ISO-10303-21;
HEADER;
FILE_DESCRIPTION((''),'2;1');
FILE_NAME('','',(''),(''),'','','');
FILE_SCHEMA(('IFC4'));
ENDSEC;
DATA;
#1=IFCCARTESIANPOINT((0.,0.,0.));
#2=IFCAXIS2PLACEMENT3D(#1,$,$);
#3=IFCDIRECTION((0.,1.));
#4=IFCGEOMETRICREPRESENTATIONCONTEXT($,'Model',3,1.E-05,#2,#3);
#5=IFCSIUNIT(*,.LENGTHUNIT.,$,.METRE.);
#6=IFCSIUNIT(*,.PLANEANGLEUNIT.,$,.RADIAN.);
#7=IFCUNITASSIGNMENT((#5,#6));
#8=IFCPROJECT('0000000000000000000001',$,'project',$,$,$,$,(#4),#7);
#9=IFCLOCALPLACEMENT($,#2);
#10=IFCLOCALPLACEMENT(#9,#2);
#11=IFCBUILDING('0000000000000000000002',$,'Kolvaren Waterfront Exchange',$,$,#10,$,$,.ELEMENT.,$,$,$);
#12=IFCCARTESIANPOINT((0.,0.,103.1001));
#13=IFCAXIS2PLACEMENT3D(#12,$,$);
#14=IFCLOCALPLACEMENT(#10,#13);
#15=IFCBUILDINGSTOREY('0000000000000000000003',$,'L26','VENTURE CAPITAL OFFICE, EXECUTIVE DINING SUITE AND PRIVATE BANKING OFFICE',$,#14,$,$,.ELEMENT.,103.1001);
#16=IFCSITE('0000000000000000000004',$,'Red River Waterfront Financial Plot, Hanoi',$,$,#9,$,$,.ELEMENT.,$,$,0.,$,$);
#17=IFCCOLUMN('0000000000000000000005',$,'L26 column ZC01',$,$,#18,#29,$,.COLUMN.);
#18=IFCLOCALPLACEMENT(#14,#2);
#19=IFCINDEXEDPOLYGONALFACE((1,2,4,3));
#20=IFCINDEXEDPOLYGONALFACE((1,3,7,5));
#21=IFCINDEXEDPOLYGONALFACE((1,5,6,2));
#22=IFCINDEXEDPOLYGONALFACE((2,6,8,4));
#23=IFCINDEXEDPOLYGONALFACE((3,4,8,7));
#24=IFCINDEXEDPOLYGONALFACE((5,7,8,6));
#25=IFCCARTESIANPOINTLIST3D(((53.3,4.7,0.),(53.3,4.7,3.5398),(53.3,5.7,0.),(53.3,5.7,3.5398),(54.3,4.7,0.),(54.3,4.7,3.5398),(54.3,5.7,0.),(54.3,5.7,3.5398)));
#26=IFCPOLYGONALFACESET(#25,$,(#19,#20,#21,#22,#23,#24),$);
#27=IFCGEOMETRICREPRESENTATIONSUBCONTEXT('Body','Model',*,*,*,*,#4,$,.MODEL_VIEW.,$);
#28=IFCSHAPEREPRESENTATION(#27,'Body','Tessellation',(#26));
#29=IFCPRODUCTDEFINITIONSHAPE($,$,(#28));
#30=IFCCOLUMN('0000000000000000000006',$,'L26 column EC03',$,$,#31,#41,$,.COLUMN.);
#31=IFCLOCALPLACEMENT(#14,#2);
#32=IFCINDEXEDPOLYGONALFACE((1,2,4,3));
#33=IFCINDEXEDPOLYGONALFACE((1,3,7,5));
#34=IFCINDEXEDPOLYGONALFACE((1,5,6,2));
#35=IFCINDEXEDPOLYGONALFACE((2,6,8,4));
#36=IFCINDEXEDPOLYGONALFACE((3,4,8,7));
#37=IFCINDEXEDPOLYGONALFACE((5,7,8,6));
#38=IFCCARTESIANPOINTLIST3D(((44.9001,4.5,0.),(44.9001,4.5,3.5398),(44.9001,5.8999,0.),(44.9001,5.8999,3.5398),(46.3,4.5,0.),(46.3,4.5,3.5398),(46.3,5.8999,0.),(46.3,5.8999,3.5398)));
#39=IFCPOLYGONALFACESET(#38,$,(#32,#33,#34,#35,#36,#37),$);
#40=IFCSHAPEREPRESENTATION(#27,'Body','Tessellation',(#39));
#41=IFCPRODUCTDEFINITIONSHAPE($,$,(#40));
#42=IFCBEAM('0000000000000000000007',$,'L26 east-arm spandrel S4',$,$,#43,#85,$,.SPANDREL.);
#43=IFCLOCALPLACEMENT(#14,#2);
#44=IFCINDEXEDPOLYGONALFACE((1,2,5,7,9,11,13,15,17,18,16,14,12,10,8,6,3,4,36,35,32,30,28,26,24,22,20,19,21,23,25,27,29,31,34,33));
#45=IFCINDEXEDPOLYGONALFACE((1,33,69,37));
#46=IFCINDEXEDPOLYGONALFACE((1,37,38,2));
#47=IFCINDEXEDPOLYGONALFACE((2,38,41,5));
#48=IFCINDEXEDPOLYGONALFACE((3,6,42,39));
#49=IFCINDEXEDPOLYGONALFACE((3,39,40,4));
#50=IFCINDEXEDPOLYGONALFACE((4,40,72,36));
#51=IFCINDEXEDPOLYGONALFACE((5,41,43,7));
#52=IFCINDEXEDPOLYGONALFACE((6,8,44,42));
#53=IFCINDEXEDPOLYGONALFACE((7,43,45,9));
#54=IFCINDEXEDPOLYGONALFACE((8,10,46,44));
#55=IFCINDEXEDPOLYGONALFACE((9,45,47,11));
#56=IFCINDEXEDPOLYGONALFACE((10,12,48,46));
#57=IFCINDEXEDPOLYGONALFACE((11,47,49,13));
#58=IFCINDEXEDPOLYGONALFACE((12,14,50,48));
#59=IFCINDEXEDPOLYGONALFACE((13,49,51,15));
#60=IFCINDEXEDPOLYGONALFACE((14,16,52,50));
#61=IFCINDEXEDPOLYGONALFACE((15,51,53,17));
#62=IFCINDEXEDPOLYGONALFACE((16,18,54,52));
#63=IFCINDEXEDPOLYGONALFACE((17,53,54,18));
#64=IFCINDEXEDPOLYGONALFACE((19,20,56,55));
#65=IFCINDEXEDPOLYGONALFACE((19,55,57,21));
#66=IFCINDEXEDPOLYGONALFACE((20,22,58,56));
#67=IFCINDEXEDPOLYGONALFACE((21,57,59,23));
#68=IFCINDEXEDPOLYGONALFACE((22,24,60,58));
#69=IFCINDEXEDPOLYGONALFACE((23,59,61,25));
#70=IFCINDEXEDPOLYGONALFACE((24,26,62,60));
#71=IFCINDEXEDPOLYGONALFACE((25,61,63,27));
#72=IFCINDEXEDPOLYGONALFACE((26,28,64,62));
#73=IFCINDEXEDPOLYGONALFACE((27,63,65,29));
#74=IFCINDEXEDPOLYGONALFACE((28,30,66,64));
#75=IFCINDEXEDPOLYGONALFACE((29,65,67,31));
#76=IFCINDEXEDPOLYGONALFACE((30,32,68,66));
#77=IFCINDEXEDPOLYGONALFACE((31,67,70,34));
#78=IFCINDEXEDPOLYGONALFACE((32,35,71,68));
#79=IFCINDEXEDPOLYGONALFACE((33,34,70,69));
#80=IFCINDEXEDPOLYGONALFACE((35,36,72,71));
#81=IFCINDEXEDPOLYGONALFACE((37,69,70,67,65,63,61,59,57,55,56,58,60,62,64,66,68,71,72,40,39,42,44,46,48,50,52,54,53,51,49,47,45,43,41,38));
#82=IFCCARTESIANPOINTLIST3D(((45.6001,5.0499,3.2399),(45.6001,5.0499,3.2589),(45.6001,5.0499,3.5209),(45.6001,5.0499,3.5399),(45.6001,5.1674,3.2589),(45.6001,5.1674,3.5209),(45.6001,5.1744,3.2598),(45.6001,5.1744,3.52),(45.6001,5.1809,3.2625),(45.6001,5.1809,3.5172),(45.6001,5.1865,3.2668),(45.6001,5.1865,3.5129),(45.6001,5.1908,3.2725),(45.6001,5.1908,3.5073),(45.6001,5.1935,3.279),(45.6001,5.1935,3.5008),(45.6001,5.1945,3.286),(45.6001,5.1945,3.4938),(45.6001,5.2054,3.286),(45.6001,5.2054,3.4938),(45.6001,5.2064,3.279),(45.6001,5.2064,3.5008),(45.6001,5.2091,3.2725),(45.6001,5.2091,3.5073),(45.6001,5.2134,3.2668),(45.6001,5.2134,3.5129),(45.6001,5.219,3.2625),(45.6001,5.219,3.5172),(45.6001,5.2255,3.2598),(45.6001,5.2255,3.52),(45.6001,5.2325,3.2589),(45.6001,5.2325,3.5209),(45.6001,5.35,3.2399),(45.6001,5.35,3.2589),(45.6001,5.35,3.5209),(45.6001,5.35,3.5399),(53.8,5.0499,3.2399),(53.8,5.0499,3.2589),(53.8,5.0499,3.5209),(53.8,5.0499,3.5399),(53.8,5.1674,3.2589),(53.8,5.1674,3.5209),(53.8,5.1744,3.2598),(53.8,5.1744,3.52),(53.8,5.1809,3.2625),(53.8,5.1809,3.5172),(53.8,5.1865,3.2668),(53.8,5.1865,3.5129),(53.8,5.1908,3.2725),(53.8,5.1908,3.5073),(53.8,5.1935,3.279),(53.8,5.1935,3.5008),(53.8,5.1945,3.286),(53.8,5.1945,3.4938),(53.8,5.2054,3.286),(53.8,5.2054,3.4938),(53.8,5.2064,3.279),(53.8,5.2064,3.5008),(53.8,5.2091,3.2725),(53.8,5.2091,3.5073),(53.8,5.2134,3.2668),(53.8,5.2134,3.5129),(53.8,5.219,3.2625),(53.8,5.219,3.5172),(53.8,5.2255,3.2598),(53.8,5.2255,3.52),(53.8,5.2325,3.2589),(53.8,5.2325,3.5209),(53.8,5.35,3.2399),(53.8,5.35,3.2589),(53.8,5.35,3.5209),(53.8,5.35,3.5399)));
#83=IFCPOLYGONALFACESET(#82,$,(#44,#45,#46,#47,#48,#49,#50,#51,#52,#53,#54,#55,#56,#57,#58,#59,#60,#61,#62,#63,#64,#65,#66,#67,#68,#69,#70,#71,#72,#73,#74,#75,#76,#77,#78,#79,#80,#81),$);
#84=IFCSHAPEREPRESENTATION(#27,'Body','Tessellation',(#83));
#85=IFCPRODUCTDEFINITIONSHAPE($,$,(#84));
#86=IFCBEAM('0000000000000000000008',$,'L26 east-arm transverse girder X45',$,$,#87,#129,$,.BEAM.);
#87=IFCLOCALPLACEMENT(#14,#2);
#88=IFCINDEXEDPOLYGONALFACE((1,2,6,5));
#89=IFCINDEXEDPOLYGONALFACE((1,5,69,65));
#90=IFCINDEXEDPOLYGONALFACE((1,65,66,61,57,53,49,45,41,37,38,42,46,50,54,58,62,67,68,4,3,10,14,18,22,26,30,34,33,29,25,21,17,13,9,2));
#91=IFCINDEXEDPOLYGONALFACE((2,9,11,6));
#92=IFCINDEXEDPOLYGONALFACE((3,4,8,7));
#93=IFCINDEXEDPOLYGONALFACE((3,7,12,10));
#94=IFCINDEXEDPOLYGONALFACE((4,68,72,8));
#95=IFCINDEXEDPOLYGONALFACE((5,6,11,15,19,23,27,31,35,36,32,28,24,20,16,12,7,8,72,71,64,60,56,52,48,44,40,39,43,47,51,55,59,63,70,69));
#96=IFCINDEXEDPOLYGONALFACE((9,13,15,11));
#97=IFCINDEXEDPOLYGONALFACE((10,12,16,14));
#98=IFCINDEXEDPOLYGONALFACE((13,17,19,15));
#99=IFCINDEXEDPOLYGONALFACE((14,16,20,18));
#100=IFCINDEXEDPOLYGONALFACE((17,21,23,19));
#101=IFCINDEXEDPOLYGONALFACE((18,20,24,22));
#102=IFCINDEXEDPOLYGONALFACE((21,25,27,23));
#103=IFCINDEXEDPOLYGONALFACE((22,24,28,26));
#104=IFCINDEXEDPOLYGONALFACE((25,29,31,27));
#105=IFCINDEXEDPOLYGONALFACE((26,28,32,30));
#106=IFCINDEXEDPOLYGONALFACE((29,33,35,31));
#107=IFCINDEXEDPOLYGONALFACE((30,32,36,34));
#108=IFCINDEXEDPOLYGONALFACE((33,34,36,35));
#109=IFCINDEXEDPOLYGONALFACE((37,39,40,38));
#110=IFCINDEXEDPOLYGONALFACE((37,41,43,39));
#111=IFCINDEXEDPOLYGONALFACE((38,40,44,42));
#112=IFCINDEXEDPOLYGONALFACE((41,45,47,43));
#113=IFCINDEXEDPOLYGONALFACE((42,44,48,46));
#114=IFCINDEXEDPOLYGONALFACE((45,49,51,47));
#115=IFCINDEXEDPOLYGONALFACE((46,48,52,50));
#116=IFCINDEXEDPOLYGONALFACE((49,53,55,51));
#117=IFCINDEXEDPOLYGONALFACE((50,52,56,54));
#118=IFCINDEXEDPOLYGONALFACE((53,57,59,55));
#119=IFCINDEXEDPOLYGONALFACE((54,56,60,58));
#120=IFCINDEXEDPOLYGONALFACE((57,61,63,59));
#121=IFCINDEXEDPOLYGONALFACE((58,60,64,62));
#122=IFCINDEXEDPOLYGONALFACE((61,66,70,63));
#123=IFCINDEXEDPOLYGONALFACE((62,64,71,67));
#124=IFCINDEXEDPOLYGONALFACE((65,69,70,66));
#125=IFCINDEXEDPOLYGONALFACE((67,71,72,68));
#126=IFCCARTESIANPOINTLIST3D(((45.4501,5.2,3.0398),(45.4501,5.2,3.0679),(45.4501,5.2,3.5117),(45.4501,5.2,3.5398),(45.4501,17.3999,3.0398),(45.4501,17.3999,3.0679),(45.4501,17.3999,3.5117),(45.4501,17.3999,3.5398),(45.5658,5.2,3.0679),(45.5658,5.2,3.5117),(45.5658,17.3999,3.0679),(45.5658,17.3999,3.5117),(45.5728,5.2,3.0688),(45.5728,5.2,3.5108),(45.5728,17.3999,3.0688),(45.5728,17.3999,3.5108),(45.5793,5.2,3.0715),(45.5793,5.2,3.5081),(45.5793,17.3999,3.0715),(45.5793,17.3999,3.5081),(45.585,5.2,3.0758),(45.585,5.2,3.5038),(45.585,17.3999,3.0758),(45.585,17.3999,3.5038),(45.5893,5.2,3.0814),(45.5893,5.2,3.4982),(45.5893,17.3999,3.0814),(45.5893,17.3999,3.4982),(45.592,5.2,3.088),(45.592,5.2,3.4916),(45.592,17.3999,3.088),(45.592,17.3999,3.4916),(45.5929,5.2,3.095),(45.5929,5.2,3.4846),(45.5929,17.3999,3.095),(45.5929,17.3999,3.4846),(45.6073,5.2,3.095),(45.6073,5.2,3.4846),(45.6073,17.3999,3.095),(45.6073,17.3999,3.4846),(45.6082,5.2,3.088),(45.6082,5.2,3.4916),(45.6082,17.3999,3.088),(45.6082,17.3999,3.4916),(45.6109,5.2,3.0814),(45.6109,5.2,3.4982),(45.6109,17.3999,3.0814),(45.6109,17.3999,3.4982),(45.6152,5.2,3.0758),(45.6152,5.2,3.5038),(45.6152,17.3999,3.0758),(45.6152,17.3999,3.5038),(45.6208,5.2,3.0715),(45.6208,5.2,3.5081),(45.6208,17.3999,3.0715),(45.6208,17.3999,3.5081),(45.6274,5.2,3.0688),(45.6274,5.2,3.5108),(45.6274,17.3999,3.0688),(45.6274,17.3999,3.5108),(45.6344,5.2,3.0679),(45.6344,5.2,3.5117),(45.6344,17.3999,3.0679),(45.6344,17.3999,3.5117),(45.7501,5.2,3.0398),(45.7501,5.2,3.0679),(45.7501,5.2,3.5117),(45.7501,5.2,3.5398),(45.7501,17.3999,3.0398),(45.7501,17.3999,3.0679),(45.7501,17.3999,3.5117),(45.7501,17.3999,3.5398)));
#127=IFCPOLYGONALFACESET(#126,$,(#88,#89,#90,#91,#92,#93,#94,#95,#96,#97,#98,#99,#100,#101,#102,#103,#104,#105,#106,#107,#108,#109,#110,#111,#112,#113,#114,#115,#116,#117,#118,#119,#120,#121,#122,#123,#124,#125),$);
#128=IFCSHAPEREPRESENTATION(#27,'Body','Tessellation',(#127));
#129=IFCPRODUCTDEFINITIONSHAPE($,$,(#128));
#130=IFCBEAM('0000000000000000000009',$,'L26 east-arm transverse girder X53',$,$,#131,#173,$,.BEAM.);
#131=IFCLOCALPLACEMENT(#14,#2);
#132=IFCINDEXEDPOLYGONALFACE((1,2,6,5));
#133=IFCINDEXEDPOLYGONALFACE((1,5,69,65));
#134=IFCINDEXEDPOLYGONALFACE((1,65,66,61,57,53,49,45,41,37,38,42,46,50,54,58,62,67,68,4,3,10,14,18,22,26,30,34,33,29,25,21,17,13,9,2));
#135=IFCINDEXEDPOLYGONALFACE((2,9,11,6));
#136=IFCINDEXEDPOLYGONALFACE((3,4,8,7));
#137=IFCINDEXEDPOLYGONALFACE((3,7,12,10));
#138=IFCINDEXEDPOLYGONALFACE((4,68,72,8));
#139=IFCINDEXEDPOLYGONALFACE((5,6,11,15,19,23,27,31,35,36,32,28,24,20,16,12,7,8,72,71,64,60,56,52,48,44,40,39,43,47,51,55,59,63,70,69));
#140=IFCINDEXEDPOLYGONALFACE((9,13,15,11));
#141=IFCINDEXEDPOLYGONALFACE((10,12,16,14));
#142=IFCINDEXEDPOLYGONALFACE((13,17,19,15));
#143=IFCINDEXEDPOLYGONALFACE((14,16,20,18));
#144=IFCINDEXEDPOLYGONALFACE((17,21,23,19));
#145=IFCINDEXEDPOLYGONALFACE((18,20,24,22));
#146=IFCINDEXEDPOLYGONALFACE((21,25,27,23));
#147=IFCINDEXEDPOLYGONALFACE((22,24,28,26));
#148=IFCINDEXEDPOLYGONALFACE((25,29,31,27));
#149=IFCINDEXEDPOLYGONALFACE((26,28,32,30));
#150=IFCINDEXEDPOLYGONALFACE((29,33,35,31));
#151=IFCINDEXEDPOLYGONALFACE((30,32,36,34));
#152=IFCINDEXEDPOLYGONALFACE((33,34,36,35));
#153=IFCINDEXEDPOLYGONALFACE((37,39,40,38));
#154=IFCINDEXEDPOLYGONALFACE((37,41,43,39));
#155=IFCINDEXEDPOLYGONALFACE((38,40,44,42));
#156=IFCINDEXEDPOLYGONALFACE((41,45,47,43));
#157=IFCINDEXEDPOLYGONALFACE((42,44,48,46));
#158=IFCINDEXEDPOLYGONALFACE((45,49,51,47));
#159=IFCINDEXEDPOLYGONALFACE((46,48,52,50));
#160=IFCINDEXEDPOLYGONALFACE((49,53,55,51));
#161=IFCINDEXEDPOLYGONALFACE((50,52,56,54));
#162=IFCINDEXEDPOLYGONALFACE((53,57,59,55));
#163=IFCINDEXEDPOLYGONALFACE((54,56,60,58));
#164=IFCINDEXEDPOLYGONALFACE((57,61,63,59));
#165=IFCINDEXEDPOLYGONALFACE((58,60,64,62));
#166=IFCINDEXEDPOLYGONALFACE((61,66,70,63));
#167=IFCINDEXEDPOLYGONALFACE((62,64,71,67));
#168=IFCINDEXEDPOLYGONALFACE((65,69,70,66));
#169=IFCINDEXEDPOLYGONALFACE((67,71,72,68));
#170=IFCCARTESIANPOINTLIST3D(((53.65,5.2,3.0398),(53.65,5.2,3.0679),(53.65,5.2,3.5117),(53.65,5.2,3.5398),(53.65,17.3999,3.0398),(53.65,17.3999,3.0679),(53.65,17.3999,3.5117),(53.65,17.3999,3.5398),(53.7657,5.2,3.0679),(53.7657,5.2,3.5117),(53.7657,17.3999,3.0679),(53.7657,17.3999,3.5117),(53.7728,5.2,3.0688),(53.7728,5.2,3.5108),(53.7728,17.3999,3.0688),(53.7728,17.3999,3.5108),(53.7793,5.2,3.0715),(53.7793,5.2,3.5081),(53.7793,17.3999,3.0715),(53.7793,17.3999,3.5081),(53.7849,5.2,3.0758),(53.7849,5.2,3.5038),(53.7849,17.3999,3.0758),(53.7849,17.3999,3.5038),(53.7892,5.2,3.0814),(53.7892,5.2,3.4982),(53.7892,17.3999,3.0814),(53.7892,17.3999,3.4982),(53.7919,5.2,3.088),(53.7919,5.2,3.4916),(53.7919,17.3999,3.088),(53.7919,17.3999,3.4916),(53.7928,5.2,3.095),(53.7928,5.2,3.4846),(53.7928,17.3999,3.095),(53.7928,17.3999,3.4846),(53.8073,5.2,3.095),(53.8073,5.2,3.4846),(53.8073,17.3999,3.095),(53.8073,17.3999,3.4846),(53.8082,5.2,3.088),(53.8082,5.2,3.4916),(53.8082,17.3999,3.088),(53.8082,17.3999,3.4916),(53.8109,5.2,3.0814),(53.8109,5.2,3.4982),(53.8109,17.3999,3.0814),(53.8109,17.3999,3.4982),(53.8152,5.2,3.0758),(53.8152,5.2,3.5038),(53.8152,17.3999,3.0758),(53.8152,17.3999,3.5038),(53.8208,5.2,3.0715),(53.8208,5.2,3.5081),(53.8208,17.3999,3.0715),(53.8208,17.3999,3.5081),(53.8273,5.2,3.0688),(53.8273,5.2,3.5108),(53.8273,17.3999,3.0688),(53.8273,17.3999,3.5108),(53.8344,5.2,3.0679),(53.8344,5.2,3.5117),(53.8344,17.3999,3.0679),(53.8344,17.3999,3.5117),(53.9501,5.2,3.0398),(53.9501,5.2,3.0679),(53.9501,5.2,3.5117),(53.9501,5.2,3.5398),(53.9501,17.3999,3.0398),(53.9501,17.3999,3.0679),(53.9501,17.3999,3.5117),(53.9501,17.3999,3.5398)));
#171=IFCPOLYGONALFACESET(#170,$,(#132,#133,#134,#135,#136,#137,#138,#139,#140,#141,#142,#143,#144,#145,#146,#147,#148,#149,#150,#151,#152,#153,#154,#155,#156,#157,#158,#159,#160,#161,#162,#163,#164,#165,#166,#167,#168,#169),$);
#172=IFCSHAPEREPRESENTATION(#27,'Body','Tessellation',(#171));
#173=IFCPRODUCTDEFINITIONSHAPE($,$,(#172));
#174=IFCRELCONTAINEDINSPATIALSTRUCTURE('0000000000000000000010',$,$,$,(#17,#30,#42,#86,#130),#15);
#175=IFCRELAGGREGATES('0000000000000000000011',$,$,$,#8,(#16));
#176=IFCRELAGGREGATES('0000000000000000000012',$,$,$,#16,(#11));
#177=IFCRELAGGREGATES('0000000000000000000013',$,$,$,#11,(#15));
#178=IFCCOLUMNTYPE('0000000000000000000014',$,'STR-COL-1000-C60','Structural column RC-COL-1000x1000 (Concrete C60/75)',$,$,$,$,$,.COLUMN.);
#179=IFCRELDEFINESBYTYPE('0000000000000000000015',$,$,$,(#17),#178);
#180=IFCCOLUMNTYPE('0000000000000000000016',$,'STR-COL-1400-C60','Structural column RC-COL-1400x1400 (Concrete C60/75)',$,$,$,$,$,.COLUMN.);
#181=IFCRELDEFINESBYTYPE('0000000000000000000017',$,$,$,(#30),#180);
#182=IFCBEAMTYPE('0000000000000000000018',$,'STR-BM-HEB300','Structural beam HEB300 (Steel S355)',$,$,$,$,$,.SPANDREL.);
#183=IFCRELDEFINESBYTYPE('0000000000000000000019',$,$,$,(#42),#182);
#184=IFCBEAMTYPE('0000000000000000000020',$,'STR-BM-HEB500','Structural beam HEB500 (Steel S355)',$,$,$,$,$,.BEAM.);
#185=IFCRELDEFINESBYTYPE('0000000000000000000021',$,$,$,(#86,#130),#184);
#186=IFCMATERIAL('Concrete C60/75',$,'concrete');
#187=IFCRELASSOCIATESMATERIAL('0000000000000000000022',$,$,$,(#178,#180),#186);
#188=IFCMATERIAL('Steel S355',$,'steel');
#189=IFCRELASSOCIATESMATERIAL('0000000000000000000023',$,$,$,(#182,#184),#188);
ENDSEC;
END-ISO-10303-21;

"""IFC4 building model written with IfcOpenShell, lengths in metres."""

from ifc_helpers import new_model, si_unit, direction, frame, origin, origin_2d, place, context, subcontext, project, spatial, rectangle, i_section, extrude, material, material_profile, profile_set, type_object, element, save


model = new_model("IFC4")

# Units and contexts
model_context = context("Model", 3, precision=1e-05, world=origin(), true_north=direction((0.0, 1.0)))
body_context = subcontext(model_context, "Body", "Model", "MODEL_VIEW")
ifc_project = project(units=[si_unit("LENGTHUNIT", "METRE"), si_unit("PLANEANGLEUNIT", "RADIAN")], contexts=[model_context])

# Site, building, storey
site_placement = place(None, origin())
site = spatial("IfcSite", under=ifc_project, at=site_placement, Name="Red River Waterfront Financial Plot, Hanoi", CompositionType="ELEMENT", RefElevation=0.0)
building_placement = place(site_placement, origin())
building = spatial("IfcBuilding", under=site, at=building_placement, Name="Kolvaren Waterfront Exchange", CompositionType="ELEMENT")
storey_placement = place(building_placement, frame((0.0, 0.0, 103.1001)))
storey = spatial("IfcBuildingStorey", under=building, at=storey_placement, Name="L26", Description="VENTURE CAPITAL OFFICE, EXECUTIVE DINING SUITE AND PRIVATE BANKING OFFICE", CompositionType="ELEMENT", Elevation=103.1001)

# Columns
ifc_material_1 = material(Name="Concrete C60/75", Category="concrete")
ifc_material_profile_1 = material_profile(ifc_material_1, rectangle(XDim=1.0, YDim=1.0, at=origin_2d()), Name="RC-COL-1000x1000")
ifc_profile_set_1 = profile_set([ifc_material_profile_1], Name="Concrete C60/75")
column_type_1 = type_object("IfcColumnType", Name="STR-COL-1000-C60", Description="Structural column RC-COL-1000x1000 (Concrete C60/75)", PredefinedType="COLUMN", material=ifc_profile_set_1)
column_1_placement = place(storey_placement, frame((53.8, 5.2, 0.0), z_axis=(0.0, 0.0, 1.0), x_axis=(1.0, 0.0, 0.0)))
element("IfcColumn", 1, at=column_1_placement, inside=storey, type_object=column_type_1, Name="L26 column ZC01", PredefinedType="COLUMN", context=body_context, shape_type="SweptSolid", body=[
    extrude(rectangle(XDim=1.0, YDim=1.0, at=origin_2d()), origin(), (0.0, 0.0, 1.0), 3.5398),
])
ifc_material_profile_2 = material_profile(ifc_material_1, rectangle(XDim=1.3999, YDim=1.3999, at=origin_2d()), Name="RC-COL-1400x1400")
ifc_profile_set_2 = profile_set([ifc_material_profile_2], Name="Concrete C60/75")
column_type_2 = type_object("IfcColumnType", Name="STR-COL-1400-C60", Description="Structural column RC-COL-1400x1400 (Concrete C60/75)", PredefinedType="COLUMN", material=ifc_profile_set_2)
column_2_placement = place(storey_placement, frame((45.6001, 5.2, 0.0), z_axis=(0.0, 0.0, 1.0), x_axis=(1.0, 0.0, 0.0)))
element("IfcColumn", 2, at=column_2_placement, inside=storey, type_object=column_type_2, Name="L26 column EC03", PredefinedType="COLUMN", context=body_context, shape_type="SweptSolid", body=[
    extrude(rectangle(XDim=1.3999, YDim=1.3999, at=origin_2d()), origin(), (0.0, 0.0, 1.0), 3.5398),
])

# Beams
ifc_material_2 = material(Name="Steel S355", Category="steel")
ifc_material_profile_3 = material_profile(ifc_material_2, i_section(OverallWidth=0.3, OverallDepth=0.3, WebThickness=0.011, FlangeThickness=0.019, FilletRadius=0.0271, at=origin_2d()), Name="HEB300")
ifc_profile_set_3 = profile_set([ifc_material_profile_3], Name="Steel S355")
beam_type_1 = type_object("IfcBeamType", Name="STR-BM-HEB300", Description="Structural beam HEB300 (Steel S355)", PredefinedType="SPANDREL", material=ifc_profile_set_3)
beam_1_placement = place(storey_placement, frame((45.6001, 5.2, 3.3899), z_axis=(1.0, 0.0, 0.0), x_axis=(0.0, 1.0, 0.0)))
element("IfcBeam", 3, at=beam_1_placement, inside=storey, type_object=beam_type_1, Name="L26 east-arm spandrel S4", PredefinedType="SPANDREL", context=body_context, shape_type="SweptSolid", body=[
    extrude(i_section(OverallWidth=0.3, OverallDepth=0.3, WebThickness=0.011, FlangeThickness=0.019, FilletRadius=0.0271, at=origin_2d()), origin(), (0.0, 0.0, 1.0), 8.2),
])
ifc_material_profile_4 = material_profile(ifc_material_2, i_section(OverallWidth=0.3, OverallDepth=0.5, WebThickness=0.0144, FlangeThickness=0.0281, FilletRadius=0.0271, at=origin_2d()), Name="HEB500")
ifc_profile_set_4 = profile_set([ifc_material_profile_4], Name="Steel S355")
beam_type_2 = type_object("IfcBeamType", Name="STR-BM-HEB500", Description="Structural beam HEB500 (Steel S355)", PredefinedType="BEAM", material=ifc_profile_set_4)
for number, where, z_axis, x_axis, name in (
    (4, (45.6001, 5.2, 3.2898), (0.0, 1.0, 0.0), (-1.0, 0.0, 0.0), "L26 east-arm transverse girder X45"),
    (5, (53.8, 5.2, 3.2898), (0.0, 1.0, 0.0), (-1.0, 0.0, 0.0), "L26 east-arm transverse girder X53"),
):
    element("IfcBeam", number, at=place(storey_placement, frame(where, z_axis=z_axis, x_axis=x_axis)), inside=storey, type_object=beam_type_2, Name=name, PredefinedType="BEAM", context=body_context, shape_type="SweptSolid", body=[
        extrude(i_section(OverallWidth=0.3, OverallDepth=0.5, WebThickness=0.0144, FlangeThickness=0.0281, FilletRadius=0.0271, at=origin_2d()), origin(), (0.0, 0.0, 1.0), 12.2),
    ])

save(model, "model.ifc")
